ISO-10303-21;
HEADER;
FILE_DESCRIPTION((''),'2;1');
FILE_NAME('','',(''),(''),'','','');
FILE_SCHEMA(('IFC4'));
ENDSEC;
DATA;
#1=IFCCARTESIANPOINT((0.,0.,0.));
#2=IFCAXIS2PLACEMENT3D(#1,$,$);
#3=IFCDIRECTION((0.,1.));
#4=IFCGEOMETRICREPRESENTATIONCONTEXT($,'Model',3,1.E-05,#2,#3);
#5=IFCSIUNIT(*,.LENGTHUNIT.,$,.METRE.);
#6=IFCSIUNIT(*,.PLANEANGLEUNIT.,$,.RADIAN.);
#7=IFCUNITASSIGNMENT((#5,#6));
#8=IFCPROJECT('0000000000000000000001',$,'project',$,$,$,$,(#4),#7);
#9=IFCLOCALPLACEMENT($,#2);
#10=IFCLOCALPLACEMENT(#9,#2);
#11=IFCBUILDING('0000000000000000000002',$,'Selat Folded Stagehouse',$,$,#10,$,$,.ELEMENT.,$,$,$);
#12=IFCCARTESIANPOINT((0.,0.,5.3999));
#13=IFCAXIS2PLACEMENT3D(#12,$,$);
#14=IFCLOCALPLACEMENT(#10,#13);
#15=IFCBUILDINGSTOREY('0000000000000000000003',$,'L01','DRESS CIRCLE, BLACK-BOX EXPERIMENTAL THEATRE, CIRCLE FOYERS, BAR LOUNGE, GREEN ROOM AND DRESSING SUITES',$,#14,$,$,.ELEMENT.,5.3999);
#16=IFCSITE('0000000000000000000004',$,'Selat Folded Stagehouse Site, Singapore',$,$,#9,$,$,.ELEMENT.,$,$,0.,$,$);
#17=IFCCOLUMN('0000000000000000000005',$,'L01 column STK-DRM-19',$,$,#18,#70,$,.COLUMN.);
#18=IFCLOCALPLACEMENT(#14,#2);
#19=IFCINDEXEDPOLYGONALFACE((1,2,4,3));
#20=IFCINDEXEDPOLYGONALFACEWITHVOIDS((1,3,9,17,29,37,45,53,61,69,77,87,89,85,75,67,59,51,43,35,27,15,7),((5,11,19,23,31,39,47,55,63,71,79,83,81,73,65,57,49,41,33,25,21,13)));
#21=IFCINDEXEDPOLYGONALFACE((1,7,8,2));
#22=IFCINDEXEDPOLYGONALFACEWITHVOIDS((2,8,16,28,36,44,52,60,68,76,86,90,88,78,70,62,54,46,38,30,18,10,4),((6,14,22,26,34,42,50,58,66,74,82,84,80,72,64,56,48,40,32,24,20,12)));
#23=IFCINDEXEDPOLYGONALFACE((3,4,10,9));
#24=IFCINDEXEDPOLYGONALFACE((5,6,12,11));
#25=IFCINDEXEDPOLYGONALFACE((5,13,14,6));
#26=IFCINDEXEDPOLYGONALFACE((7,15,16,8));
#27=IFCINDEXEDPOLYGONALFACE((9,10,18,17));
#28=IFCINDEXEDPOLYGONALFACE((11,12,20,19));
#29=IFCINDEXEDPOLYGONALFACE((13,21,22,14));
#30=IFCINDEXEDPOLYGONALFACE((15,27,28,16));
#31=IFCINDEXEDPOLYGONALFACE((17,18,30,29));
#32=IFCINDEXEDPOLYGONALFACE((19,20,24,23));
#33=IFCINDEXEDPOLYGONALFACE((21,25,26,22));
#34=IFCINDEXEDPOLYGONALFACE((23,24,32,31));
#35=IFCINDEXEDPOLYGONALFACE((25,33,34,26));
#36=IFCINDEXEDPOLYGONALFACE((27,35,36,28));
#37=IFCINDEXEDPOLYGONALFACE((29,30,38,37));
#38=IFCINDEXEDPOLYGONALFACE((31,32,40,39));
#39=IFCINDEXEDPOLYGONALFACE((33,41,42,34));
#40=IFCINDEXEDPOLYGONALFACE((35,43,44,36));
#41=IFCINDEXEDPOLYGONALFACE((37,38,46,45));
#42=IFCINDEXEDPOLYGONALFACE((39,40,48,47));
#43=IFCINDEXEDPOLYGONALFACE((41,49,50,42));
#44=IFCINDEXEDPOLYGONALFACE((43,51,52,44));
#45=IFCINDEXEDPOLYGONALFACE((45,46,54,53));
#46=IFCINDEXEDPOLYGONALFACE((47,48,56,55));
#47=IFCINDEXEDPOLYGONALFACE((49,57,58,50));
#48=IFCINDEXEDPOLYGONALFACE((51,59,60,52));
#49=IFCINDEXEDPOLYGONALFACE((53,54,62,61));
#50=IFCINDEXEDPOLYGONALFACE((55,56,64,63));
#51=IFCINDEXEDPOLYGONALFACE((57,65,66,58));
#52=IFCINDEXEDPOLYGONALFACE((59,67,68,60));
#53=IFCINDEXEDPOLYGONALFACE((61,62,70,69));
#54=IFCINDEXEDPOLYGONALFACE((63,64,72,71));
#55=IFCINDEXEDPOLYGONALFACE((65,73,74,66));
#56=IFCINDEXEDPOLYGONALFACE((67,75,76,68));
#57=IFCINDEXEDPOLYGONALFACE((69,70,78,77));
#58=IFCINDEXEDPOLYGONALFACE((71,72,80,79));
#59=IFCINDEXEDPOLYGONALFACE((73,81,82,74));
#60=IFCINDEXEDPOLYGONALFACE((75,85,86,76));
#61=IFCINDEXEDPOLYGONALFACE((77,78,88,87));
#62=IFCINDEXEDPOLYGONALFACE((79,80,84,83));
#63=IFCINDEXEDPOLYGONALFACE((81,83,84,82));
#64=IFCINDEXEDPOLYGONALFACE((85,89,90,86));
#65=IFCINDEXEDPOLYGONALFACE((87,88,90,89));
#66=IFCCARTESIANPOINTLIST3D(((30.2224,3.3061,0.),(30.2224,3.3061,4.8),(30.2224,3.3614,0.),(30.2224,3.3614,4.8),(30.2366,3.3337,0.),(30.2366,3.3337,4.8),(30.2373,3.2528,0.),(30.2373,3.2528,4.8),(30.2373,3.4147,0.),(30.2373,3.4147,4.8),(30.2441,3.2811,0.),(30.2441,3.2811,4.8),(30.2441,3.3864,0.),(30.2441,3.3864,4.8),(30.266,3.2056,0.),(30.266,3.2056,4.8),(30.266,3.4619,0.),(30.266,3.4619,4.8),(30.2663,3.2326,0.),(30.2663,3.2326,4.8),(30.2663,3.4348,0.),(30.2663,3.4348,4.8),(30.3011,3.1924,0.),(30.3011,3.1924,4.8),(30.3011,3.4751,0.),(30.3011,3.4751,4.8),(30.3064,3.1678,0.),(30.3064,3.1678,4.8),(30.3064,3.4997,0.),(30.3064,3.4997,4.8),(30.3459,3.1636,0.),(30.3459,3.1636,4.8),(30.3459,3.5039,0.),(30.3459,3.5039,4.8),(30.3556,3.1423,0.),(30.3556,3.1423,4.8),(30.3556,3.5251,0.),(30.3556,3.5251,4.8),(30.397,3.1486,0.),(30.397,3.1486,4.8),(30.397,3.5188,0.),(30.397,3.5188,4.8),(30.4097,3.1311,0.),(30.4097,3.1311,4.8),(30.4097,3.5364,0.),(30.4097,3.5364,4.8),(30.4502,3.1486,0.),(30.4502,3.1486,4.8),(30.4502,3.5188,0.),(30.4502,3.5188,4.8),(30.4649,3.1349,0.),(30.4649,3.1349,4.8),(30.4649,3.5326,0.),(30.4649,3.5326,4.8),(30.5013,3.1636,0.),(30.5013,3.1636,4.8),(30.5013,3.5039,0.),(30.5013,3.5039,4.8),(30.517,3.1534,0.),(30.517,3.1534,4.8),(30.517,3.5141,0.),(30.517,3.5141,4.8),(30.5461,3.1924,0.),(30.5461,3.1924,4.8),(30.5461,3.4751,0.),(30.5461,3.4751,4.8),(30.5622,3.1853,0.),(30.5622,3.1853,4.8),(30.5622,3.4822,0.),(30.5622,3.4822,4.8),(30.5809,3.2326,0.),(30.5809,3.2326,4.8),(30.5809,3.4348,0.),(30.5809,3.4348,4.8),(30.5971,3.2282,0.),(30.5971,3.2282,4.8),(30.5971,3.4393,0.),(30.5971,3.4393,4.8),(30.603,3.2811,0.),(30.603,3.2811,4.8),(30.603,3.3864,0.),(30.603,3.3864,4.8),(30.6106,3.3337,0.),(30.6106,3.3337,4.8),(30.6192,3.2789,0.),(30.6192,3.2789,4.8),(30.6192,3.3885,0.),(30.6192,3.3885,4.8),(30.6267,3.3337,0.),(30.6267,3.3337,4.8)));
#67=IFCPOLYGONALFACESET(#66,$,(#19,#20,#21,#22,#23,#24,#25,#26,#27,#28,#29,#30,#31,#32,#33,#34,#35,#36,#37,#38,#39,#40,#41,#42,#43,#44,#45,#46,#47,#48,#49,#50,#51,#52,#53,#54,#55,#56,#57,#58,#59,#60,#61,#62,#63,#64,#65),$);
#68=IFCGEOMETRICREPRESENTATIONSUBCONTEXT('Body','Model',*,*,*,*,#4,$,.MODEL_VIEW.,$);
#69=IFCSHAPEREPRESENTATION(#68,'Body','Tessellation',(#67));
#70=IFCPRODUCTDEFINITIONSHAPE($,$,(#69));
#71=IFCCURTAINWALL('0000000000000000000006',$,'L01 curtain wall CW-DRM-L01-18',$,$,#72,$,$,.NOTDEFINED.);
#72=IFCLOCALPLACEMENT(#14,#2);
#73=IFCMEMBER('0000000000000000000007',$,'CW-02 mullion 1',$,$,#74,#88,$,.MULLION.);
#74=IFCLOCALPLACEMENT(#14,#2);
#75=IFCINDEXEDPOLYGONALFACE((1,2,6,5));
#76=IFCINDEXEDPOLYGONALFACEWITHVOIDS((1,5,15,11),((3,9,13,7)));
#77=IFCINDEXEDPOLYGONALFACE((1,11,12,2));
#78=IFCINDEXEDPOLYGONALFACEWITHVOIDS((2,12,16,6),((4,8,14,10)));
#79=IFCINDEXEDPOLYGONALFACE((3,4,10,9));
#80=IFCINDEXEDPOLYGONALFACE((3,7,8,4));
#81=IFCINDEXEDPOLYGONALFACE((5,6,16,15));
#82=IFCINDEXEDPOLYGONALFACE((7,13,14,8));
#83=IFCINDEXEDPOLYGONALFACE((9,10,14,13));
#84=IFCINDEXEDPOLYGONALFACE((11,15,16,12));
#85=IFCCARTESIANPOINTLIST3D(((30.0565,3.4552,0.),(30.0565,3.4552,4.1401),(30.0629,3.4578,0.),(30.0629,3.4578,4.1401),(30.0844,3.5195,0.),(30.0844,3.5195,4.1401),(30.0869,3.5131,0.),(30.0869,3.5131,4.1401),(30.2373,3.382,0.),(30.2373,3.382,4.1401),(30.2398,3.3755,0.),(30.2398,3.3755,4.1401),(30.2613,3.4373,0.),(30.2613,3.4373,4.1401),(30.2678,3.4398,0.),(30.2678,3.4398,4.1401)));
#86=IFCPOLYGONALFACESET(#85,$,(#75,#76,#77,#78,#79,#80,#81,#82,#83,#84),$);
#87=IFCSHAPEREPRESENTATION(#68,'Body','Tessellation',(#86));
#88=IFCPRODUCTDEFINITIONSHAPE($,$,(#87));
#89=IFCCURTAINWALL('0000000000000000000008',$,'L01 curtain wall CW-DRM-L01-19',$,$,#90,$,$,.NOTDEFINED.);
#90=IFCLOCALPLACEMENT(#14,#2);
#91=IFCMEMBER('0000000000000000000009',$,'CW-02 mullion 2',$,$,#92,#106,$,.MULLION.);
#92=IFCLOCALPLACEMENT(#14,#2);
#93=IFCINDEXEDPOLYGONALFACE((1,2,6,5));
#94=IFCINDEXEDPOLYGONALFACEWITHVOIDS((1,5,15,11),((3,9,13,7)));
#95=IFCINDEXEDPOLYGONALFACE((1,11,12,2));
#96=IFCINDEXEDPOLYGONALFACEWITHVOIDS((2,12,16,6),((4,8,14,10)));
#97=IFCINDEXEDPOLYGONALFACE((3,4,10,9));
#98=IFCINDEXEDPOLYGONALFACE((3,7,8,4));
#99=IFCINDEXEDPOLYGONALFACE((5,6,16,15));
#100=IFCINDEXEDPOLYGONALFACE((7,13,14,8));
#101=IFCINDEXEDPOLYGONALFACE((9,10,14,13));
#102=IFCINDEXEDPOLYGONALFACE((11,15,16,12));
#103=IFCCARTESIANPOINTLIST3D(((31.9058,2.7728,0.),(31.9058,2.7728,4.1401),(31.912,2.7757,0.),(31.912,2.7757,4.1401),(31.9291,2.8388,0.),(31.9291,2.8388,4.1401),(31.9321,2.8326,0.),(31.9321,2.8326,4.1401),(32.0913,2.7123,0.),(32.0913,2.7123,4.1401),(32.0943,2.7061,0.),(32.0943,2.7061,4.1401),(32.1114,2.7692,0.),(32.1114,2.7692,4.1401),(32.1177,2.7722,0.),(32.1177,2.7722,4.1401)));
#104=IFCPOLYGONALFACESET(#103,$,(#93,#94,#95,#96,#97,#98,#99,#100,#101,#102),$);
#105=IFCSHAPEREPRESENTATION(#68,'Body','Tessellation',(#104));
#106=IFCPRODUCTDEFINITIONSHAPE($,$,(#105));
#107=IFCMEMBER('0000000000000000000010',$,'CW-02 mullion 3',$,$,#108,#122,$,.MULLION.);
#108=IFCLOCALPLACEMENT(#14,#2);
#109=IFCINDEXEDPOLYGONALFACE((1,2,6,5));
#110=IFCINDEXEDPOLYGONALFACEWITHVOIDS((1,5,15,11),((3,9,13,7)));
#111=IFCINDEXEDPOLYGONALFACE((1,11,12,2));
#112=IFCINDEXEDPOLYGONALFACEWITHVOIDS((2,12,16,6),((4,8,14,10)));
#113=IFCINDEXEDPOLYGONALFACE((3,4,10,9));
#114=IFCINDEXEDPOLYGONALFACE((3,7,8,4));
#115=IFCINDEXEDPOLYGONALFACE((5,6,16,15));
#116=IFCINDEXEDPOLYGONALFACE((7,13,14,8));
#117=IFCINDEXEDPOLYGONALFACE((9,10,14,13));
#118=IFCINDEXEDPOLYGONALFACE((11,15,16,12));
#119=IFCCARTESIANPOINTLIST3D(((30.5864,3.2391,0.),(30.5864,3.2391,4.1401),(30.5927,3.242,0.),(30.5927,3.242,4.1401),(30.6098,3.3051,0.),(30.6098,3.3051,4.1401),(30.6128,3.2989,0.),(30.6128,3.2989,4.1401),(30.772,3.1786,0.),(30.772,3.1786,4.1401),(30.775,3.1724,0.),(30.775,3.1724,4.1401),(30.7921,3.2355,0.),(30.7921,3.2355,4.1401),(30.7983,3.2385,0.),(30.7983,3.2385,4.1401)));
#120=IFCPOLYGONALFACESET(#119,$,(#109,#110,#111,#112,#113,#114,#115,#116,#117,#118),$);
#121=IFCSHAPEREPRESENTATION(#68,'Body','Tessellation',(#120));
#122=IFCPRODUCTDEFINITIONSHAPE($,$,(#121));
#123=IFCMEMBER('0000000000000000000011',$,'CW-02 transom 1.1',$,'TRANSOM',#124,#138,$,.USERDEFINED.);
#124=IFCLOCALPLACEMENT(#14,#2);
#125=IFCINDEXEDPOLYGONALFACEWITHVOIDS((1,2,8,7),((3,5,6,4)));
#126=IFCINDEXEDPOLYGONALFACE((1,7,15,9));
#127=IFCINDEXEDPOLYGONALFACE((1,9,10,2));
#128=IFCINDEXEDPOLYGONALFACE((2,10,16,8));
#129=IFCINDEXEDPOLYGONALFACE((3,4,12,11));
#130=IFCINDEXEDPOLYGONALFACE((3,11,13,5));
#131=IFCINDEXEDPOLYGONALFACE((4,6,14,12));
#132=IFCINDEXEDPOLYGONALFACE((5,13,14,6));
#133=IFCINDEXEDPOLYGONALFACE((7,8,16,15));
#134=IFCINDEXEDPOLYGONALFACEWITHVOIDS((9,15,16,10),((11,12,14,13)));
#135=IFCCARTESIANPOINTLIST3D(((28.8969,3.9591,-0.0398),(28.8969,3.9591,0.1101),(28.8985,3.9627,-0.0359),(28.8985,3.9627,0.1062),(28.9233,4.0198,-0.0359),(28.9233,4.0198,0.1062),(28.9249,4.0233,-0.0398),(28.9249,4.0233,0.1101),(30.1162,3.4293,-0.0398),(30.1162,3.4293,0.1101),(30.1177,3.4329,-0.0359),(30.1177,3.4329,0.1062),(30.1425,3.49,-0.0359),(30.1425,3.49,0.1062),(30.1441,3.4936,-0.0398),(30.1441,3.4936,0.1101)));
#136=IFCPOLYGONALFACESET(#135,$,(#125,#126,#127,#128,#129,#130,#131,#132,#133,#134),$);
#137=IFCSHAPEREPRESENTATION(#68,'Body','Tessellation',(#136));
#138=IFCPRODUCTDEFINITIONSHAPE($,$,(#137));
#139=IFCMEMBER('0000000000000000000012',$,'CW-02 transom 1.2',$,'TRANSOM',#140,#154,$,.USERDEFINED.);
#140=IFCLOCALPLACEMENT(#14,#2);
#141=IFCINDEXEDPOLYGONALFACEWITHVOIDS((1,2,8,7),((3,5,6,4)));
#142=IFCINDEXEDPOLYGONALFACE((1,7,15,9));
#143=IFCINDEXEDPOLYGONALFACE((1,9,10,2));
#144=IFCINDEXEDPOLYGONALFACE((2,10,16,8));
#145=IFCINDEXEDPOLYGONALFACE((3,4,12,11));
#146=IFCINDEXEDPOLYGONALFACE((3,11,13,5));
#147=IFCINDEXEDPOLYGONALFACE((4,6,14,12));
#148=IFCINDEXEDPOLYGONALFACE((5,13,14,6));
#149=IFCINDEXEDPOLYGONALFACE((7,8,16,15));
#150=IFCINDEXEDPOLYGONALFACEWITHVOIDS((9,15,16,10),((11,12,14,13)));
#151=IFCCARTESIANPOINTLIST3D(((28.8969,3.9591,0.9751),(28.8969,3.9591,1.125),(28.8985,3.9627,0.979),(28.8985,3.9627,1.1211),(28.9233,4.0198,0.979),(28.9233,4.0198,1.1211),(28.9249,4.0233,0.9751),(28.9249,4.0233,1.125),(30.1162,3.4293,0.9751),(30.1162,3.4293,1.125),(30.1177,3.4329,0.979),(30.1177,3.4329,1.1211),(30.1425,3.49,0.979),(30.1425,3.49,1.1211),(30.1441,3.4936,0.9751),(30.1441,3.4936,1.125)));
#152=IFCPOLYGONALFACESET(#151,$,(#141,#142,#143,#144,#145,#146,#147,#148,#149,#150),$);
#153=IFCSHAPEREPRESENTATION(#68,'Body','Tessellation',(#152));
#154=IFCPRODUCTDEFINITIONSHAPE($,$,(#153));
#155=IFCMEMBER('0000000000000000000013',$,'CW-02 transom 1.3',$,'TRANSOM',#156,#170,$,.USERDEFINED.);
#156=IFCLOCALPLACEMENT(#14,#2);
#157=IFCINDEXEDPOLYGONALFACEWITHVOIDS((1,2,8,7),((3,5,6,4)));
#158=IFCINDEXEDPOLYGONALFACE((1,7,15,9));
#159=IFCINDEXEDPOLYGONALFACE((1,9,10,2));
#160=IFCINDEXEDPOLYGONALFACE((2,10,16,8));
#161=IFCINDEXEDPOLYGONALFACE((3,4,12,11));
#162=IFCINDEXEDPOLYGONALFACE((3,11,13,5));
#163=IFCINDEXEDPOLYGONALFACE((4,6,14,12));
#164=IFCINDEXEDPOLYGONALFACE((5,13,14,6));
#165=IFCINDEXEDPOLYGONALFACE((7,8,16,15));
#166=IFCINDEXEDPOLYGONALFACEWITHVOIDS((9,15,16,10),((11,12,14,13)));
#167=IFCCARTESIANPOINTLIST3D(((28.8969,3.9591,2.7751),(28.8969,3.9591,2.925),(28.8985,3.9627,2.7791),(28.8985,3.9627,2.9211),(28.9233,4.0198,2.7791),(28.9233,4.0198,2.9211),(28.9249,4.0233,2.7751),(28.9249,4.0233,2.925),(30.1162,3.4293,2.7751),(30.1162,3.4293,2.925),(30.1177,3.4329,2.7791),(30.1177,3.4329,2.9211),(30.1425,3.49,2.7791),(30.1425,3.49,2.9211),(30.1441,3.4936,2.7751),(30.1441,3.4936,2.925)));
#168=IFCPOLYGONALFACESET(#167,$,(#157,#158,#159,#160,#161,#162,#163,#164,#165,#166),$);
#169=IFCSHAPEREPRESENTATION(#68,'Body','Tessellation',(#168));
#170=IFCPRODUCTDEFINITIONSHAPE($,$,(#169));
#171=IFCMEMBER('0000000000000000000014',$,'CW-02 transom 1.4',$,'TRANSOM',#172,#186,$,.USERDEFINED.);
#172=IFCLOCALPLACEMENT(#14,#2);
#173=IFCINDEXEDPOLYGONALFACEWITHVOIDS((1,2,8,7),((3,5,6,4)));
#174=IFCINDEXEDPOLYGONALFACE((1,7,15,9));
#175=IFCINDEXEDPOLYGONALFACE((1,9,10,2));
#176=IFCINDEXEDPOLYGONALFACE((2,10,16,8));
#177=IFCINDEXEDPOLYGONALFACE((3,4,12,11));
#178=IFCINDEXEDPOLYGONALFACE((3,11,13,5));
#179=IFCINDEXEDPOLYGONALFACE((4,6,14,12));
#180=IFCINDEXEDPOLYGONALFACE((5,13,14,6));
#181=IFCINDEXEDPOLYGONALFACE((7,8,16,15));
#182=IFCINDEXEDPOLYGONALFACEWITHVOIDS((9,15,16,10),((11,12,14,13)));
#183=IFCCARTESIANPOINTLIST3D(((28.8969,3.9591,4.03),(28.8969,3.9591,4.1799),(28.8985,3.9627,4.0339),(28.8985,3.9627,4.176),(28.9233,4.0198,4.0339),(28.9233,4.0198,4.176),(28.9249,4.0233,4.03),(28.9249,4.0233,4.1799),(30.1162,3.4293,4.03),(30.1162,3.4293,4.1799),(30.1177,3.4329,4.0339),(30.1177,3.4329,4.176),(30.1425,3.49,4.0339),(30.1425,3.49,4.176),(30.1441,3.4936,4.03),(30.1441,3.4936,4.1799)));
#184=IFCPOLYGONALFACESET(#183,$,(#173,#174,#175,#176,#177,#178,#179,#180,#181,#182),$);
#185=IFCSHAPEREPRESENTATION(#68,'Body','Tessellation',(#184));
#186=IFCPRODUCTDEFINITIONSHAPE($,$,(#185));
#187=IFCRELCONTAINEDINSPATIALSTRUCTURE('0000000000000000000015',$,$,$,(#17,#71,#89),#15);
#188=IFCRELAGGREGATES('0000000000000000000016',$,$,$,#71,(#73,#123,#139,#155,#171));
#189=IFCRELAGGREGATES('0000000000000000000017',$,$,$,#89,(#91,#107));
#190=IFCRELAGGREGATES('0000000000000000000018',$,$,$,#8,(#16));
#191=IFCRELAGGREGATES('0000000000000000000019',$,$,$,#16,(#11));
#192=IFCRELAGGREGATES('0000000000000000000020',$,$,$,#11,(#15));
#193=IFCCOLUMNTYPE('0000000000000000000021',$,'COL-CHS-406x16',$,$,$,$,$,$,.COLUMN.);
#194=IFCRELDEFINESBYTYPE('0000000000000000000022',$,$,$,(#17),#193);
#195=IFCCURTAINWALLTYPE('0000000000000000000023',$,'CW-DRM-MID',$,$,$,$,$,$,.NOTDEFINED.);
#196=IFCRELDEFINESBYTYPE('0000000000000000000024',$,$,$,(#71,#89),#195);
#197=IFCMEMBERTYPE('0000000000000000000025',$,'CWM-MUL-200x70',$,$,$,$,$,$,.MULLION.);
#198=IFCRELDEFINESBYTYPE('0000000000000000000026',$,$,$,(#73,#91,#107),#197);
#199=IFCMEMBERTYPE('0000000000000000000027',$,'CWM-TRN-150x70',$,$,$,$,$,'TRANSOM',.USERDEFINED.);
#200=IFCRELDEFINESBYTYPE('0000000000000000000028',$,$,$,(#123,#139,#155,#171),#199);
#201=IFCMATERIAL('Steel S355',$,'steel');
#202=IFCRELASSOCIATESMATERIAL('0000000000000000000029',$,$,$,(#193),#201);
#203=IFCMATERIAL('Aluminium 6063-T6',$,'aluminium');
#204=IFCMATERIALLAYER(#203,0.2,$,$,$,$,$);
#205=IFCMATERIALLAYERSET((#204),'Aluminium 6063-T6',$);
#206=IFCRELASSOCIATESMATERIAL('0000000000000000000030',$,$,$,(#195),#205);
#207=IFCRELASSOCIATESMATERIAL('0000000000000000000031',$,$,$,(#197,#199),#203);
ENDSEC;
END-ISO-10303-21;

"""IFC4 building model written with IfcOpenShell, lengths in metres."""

from ifc_helpers import new_model, si_unit, direction, frame, origin, origin_2d, place, context, subcontext, project, spatial, hollow_rectangle, hollow_circle, extrude, material, layer, layer_set, material_profile, profile_set, type_object, element, aggregate, save


model = new_model("IFC4")

# Units and contexts
model_context = context("Model", 3, precision=1e-05, world=origin(), true_north=direction((0.0, 1.0)))
body_context = subcontext(model_context, "Body", "Model", "MODEL_VIEW")
ifc_project = project(units=[si_unit("LENGTHUNIT", "METRE"), si_unit("PLANEANGLEUNIT", "RADIAN")], contexts=[model_context])

# Site, building, storey
site_placement = place(None, origin())
site = spatial("IfcSite", under=ifc_project, at=site_placement, Name="Selat Folded Stagehouse Site, Singapore", CompositionType="ELEMENT", RefElevation=0.0)
building_placement = place(site_placement, origin())
building = spatial("IfcBuilding", under=site, at=building_placement, Name="Selat Folded Stagehouse", CompositionType="ELEMENT")
storey_placement = place(building_placement, frame((0.0, 0.0, 5.3999)))
storey = spatial("IfcBuildingStorey", under=building, at=storey_placement, Name="L01", Description="DRESS CIRCLE, BLACK-BOX EXPERIMENTAL THEATRE, CIRCLE FOYERS, BAR LOUNGE, GREEN ROOM AND DRESSING SUITES", CompositionType="ELEMENT", Elevation=5.3999)

# Column
ifc_material_1 = material(Name="Steel S355", Category="steel")
ifc_material_profile_1 = material_profile(ifc_material_1, hollow_circle(Radius=0.2031, WallThickness=0.0161, at=origin_2d()), Name="CHS 406.4x16.0")
ifc_profile_set_1 = profile_set([ifc_material_profile_1], Name="Steel S355")
column_type = type_object("IfcColumnType", Name="COL-CHS-406x16", PredefinedType="COLUMN", material=ifc_profile_set_1)
column_placement = place(storey_placement, frame((30.4236, 3.3337, 0.0), z_axis=(0.0, 0.0, 1.0), x_axis=(1.0, 0.0, 0.0)))
element("IfcColumn", 1, at=column_placement, inside=storey, type_object=column_type, Name="L01 column STK-DRM-19", PredefinedType="COLUMN", context=body_context, shape_type="SweptSolid", body=[
    extrude(hollow_circle(Radius=0.2031, WallThickness=0.0161, at=origin_2d()), origin(), (0.0, 0.0, 1.0), 4.8),
])

# Curtain wall, member
ifc_material_2 = material(Name="Aluminium 6063-T6", Category="aluminium")
ifc_layer_1 = layer(ifc_material_2, 0.2)
ifc_layer_set_1 = layer_set([ifc_layer_1], Name="Aluminium 6063-T6")
curtain_wall_type = type_object("IfcCurtainWallType", Name="CW-DRM-MID", PredefinedType="NOTDEFINED", material=ifc_layer_set_1)
curtain_wall_1_placement = place(storey_placement, origin())
curtain_wall_1 = element("IfcCurtainWall", 2, at=curtain_wall_1_placement, inside=storey, type_object=curtain_wall_type, Name="L01 curtain wall CW-DRM-L01-18", PredefinedType="NOTDEFINED")
ifc_material_profile_2 = material_profile(ifc_material_2, hollow_rectangle(XDim=0.0701, YDim=0.2, WallThickness=0.0049, at=origin_2d()), Name="ALU 200x70x5.0")
ifc_profile_set_2 = profile_set([ifc_material_profile_2], Name="Aluminium 6063-T6")
member_type_1 = type_object("IfcMemberType", Name="CWM-MUL-200x70", PredefinedType="MULLION", material=ifc_profile_set_2)
member_1_placement = place(storey_placement, frame((30.1621, 3.4475, 0.0), z_axis=(0.0, 0.0, 1.0), x_axis=(-0.39858, -0.917134, 0.0)))
member_1 = element("IfcMember", 3, at=member_1_placement, type_object=member_type_1, Name="CW-02 mullion 1", PredefinedType="MULLION", context=body_context, shape_type="SweptSolid", body=[
    extrude(hollow_rectangle(XDim=0.0701, YDim=0.2, WallThickness=0.0049, at=origin_2d()), origin(), (0.0, 0.0, 1.0), 4.1401),
])

# Curtain wall, members
curtain_wall_2_placement = place(storey_placement, origin())
curtain_wall_2 = element("IfcCurtainWall", 4, at=curtain_wall_2_placement, inside=storey, type_object=curtain_wall_type, Name="L01 curtain wall CW-DRM-L01-19", PredefinedType="NOTDEFINED")
member_2_placement = place(storey_placement, frame((32.0117, 2.7725, 0.0), z_axis=(0.0, 0.0, 1.0), x_axis=(-0.333314, -0.942816, 0.0)))
member_2 = element("IfcMember", 5, at=member_2_placement, type_object=member_type_1, Name="CW-02 mullion 2", PredefinedType="MULLION", context=body_context, shape_type="SweptSolid", body=[
    extrude(hollow_rectangle(XDim=0.0701, YDim=0.2, WallThickness=0.0049, at=origin_2d()), origin(), (0.0, 0.0, 1.0), 4.1401),
])
member_3_placement = place(storey_placement, frame((30.6924, 3.2388, 0.0), z_axis=(0.0, 0.0, 1.0), x_axis=(-0.333314, -0.942816, 0.0)))
member_3 = element("IfcMember", 6, at=member_3_placement, type_object=member_type_1, Name="CW-02 mullion 3", PredefinedType="MULLION", context=body_context, shape_type="SweptSolid", body=[
    extrude(hollow_rectangle(XDim=0.0701, YDim=0.2, WallThickness=0.0049, at=origin_2d()), origin(), (0.0, 0.0, 1.0), 4.1401),
])

# Members
ifc_material_profile_3 = material_profile(ifc_material_2, hollow_rectangle(XDim=0.0701, YDim=0.1499, WallThickness=0.0039, at=origin_2d()), Name="ALU 150x70x4.0")
ifc_profile_set_3 = profile_set([ifc_material_profile_3], Name="Aluminium 6063-T6")
member_type_2 = type_object("IfcMemberType", Name="CWM-TRN-150x70", ElementType="TRANSOM", PredefinedType="USERDEFINED", material=ifc_profile_set_3)
member_4_placement = place(storey_placement, frame((30.1301, 3.4614, 0.0352), z_axis=(-0.917158, 0.398525, 0.0), x_axis=(-0.398525, -0.917158, 0.0)))
member_4 = element("IfcMember", 7, at=member_4_placement, type_object=member_type_2, Name="CW-02 transom 1.1", ObjectType="TRANSOM", PredefinedType="USERDEFINED", context=body_context, shape_type="SweptSolid", body=[
    extrude(hollow_rectangle(XDim=0.0701, YDim=0.1499, WallThickness=0.0039, at=origin_2d()), origin(), (0.0, 0.0, 1.0), 1.3293),
])
member_5_placement = place(storey_placement, frame((30.1301, 3.4614, 1.05), z_axis=(-0.917158, 0.398525, 0.0), x_axis=(-0.398525, -0.917158, 0.0)))
member_5 = element("IfcMember", 8, at=member_5_placement, type_object=member_type_2, Name="CW-02 transom 1.2", ObjectType="TRANSOM", PredefinedType="USERDEFINED", context=body_context, shape_type="SweptSolid", body=[
    extrude(hollow_rectangle(XDim=0.0701, YDim=0.1499, WallThickness=0.0039, at=origin_2d()), origin(), (0.0, 0.0, 1.0), 1.3293),
])
member_6_placement = place(storey_placement, frame((30.1301, 3.4614, 2.8501), z_axis=(-0.917158, 0.398525, 0.0), x_axis=(-0.398525, -0.917158, 0.0)))
member_6 = element("IfcMember", 9, at=member_6_placement, type_object=member_type_2, Name="CW-02 transom 1.3", ObjectType="TRANSOM", PredefinedType="USERDEFINED", context=body_context, shape_type="SweptSolid", body=[
    extrude(hollow_rectangle(XDim=0.0701, YDim=0.1499, WallThickness=0.0039, at=origin_2d()), origin(), (0.0, 0.0, 1.0), 1.3293),
])
member_7_placement = place(storey_placement, frame((30.1301, 3.4614, 4.105), z_axis=(-0.917158, 0.398525, 0.0), x_axis=(-0.398525, -0.917158, 0.0)))
member_7 = element("IfcMember", 10, at=member_7_placement, type_object=member_type_2, Name="CW-02 transom 1.4", ObjectType="TRANSOM", PredefinedType="USERDEFINED", context=body_context, shape_type="SweptSolid", body=[
    extrude(hollow_rectangle(XDim=0.0701, YDim=0.1499, WallThickness=0.0039, at=origin_2d()), origin(), (0.0, 0.0, 1.0), 1.3293),
])

aggregate(curtain_wall_1, [member_1, member_4, member_5, member_6, member_7])
aggregate(curtain_wall_2, [member_2, member_3])

save(model, "model.ifc")
